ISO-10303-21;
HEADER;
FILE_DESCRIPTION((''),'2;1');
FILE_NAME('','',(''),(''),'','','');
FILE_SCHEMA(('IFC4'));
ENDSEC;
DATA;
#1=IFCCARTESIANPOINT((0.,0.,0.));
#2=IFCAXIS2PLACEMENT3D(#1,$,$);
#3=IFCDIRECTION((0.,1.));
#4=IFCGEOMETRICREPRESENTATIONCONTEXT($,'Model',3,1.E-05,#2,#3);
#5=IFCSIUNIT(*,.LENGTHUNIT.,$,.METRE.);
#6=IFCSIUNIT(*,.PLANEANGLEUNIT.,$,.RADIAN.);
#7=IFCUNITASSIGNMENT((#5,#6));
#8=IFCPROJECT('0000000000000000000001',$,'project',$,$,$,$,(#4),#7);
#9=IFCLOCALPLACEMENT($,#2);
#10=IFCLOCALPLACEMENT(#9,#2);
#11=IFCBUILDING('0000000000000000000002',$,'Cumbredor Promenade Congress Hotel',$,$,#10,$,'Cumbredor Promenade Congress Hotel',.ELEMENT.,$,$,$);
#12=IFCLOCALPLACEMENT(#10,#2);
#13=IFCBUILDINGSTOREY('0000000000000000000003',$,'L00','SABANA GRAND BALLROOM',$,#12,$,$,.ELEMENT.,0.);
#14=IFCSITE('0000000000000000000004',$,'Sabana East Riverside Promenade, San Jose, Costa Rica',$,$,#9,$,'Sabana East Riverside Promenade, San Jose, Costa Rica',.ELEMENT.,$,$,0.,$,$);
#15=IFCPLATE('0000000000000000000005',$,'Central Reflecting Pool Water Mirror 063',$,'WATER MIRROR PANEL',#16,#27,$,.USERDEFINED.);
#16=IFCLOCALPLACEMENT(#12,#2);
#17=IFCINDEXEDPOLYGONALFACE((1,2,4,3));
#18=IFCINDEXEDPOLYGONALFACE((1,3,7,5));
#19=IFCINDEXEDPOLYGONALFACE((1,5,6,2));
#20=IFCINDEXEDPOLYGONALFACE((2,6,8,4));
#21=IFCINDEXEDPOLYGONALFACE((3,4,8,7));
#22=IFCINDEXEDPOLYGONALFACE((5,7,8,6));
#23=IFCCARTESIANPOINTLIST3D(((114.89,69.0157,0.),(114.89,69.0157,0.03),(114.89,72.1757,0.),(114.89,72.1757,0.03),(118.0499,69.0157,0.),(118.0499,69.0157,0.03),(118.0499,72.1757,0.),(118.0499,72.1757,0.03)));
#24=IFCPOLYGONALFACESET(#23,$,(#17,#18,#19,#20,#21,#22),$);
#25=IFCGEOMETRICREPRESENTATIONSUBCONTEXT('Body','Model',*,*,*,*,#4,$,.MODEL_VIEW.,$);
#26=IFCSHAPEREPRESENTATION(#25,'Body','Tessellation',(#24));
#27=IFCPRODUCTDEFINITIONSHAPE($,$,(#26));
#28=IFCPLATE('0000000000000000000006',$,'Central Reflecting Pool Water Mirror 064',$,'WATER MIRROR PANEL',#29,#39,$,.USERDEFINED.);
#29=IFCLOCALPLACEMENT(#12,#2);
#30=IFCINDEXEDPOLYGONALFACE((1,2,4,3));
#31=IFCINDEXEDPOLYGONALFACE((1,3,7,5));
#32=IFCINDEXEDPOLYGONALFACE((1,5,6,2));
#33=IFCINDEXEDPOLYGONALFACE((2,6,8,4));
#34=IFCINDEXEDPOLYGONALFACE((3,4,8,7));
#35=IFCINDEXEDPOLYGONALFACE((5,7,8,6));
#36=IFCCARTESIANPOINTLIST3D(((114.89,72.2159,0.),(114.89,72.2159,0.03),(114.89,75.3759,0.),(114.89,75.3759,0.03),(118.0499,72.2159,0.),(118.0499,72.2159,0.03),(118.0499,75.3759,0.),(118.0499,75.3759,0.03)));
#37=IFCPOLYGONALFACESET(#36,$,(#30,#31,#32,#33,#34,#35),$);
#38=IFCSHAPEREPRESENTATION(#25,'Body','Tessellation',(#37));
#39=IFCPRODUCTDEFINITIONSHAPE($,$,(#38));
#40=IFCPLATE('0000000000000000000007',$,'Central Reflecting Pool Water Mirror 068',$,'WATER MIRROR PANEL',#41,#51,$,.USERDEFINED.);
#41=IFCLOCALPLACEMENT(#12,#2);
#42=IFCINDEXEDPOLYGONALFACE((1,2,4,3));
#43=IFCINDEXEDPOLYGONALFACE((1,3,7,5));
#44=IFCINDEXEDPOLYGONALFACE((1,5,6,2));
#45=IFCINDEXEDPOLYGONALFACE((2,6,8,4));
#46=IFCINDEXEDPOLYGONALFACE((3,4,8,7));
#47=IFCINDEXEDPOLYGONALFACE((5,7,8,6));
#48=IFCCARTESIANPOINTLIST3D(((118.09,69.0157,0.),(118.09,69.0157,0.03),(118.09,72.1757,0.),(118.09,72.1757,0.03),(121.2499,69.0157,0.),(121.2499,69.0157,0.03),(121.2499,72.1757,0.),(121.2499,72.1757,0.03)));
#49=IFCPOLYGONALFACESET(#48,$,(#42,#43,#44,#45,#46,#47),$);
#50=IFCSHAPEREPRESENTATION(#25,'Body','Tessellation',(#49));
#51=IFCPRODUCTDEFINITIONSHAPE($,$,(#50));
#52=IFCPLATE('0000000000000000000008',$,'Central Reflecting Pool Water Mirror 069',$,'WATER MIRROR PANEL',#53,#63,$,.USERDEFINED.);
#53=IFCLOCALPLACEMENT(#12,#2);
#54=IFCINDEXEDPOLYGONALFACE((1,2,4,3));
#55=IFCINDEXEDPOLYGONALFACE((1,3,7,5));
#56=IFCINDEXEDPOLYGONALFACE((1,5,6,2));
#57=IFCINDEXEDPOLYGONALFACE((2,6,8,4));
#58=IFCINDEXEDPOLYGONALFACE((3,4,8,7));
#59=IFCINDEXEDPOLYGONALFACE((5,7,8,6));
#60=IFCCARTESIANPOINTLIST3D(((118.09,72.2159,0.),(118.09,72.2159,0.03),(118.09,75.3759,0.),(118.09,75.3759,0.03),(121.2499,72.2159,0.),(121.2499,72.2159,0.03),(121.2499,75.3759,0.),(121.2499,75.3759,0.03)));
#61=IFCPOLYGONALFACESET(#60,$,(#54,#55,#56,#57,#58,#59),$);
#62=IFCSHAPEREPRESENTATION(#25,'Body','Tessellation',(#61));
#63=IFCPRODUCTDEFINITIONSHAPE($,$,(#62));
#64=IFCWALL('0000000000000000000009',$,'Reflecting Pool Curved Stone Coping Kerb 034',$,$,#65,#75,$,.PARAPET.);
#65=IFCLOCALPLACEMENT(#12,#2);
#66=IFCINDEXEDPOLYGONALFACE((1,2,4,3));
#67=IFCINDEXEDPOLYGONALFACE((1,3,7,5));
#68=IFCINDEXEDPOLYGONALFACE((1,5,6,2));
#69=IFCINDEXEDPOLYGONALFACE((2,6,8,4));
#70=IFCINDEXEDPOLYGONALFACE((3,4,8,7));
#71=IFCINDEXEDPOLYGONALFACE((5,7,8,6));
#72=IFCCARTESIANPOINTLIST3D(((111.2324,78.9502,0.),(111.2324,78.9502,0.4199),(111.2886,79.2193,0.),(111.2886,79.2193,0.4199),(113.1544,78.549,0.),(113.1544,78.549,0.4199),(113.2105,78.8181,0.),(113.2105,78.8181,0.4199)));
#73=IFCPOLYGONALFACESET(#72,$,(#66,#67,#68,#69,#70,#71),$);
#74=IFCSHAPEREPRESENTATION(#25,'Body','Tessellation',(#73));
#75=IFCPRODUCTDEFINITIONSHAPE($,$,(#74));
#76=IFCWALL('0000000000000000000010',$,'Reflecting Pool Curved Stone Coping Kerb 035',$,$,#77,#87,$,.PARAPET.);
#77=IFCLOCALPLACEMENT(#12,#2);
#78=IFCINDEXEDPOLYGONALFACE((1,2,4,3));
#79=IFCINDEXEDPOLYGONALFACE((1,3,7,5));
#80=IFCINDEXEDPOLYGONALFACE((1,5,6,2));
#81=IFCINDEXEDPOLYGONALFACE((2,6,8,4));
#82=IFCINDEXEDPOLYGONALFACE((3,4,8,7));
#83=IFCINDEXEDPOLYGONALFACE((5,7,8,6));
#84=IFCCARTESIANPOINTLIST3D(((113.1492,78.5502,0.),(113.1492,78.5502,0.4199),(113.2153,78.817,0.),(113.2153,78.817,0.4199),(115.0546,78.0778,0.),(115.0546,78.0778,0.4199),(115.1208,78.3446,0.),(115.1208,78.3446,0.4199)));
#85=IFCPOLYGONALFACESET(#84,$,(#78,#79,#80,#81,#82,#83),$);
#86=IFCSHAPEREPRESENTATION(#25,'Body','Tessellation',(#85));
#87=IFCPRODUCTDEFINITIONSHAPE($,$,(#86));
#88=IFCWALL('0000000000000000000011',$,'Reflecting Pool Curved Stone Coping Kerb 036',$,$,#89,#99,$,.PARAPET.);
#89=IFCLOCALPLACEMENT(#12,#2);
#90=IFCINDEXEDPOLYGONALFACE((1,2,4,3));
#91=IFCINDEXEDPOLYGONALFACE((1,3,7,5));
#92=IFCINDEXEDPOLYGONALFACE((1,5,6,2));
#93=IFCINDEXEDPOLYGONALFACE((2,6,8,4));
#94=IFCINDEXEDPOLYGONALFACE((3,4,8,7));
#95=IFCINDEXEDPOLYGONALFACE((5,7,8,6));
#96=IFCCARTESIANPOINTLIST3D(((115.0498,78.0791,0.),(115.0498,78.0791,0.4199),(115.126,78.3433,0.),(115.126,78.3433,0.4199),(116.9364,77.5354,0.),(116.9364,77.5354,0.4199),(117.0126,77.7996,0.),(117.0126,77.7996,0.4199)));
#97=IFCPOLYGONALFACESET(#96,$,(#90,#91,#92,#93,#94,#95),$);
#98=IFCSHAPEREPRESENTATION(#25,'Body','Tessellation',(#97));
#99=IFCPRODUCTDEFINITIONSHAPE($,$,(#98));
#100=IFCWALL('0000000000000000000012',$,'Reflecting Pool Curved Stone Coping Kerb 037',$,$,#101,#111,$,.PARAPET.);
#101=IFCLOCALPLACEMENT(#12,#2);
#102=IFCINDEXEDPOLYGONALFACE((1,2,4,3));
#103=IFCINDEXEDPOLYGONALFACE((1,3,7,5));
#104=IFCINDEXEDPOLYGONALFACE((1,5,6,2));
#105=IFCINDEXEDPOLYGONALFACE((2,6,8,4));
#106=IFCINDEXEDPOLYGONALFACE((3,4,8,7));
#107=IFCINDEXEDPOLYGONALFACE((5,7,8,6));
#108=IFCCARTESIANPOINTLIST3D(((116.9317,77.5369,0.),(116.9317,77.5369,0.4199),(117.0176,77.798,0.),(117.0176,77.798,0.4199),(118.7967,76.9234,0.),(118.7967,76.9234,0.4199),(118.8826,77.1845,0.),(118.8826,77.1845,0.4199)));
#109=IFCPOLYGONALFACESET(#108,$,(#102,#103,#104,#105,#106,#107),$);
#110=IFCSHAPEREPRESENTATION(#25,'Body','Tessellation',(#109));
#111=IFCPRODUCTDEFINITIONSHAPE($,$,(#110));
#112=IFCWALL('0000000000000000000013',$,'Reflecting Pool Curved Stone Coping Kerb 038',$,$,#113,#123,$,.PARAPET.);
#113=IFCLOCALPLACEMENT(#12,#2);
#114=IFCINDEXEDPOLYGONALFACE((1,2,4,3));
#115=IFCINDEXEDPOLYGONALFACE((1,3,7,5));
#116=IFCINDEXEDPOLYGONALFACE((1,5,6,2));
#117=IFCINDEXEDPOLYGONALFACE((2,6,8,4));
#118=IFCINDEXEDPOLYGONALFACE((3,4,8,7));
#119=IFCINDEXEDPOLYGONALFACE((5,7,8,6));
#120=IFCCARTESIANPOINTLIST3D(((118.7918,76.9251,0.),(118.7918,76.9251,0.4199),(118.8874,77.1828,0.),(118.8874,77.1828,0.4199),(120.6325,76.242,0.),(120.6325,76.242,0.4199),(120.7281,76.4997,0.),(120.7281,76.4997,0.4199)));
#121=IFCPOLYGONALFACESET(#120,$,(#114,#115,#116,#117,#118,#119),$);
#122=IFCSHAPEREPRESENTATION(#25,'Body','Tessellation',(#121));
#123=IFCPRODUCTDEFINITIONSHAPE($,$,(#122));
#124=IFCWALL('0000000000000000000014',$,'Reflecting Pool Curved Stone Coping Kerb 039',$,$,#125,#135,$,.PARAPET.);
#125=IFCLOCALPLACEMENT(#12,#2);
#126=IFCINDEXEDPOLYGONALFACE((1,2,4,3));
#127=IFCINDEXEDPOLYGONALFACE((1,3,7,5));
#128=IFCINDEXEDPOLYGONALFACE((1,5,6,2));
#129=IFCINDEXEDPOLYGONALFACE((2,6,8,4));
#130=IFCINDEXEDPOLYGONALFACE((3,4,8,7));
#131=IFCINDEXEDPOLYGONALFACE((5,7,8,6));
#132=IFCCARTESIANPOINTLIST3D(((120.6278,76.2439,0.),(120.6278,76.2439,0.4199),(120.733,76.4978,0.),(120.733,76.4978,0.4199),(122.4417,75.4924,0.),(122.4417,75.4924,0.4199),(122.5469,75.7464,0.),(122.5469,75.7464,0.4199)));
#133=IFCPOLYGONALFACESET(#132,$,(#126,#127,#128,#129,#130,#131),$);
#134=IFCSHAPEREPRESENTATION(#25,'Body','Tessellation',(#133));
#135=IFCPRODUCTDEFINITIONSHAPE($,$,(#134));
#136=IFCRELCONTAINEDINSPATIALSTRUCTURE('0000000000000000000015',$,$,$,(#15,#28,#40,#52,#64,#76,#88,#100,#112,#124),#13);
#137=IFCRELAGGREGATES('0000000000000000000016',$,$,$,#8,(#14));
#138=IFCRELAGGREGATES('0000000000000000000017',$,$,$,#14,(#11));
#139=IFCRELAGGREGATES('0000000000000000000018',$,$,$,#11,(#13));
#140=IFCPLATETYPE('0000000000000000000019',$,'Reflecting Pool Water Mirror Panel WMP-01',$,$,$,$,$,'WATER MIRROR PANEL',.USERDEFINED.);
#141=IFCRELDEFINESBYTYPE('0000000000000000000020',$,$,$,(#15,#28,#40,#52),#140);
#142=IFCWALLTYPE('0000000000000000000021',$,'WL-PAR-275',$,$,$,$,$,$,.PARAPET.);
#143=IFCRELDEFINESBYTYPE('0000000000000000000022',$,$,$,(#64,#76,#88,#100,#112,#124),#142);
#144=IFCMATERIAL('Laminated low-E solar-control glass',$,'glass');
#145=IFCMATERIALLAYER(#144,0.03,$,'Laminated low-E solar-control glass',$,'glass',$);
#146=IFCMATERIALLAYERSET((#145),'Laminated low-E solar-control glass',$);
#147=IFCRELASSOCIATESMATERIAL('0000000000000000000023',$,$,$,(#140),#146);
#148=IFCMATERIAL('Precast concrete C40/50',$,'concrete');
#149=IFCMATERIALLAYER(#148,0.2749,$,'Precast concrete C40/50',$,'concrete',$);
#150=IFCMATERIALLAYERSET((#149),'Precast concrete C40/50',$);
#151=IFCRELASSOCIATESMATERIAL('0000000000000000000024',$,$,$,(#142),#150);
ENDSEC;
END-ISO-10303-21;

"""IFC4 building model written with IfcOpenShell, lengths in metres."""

from ifc_helpers import new_model, si_unit, direction, frame, frame_2d, origin, origin_2d, place, context, subcontext, project, spatial, rectangle, extrude, material, layer, layer_set, type_object, element, save


model = new_model("IFC4")

# Units and contexts
model_context = context("Model", 3, precision=1e-05, world=origin(), true_north=direction((0.0, 1.0)))
body_context = subcontext(model_context, "Body", "Model", "MODEL_VIEW")
ifc_project = project(units=[si_unit("LENGTHUNIT", "METRE"), si_unit("PLANEANGLEUNIT", "RADIAN")], contexts=[model_context])

# Site, building, storey
site_placement = place(None, origin())
site = spatial("IfcSite", under=ifc_project, at=site_placement, Name="Sabana East Riverside Promenade, San Jose, Costa Rica", LongName="Sabana East Riverside Promenade, San Jose, Costa Rica", CompositionType="ELEMENT", RefElevation=0.0)
building_placement = place(site_placement, origin())
building = spatial("IfcBuilding", under=site, at=building_placement, Name="Cumbredor Promenade Congress Hotel", LongName="Cumbredor Promenade Congress Hotel", CompositionType="ELEMENT")
storey_placement = place(building_placement, origin())
storey = spatial("IfcBuildingStorey", under=building, at=storey_placement, Name="L00", Description="SABANA GRAND BALLROOM", CompositionType="ELEMENT", Elevation=0.0)

# Plates
ifc_material_1 = material(Name="Laminated low-E solar-control glass", Category="glass")
ifc_layer_1 = layer(ifc_material_1, 0.03, Name="Laminated low-E solar-control glass", Category="glass")
ifc_layer_set_1 = layer_set([ifc_layer_1], Name="Laminated low-E solar-control glass")
plate_type_1 = type_object("IfcPlateType", Name="Reflecting Pool Water Mirror Panel WMP-01", ElementType="WATER MIRROR PANEL", PredefinedType="USERDEFINED", material=ifc_layer_set_1)
for number, where, z_axis, x_axis, name in (
    (1, (116.47, 70.5957, 0.0), (0.0, 0.0, 1.0), (1.0, 0.0, 0.0), "Central Reflecting Pool Water Mirror 063"),
    (2, (116.47, 73.7959, 0.0), (0.0, 0.0, 1.0), (1.0, 0.0, 0.0), "Central Reflecting Pool Water Mirror 064"),
    (3, (119.6699, 70.5957, 0.0), (0.0, 0.0, 1.0), (1.0, 0.0, 0.0), "Central Reflecting Pool Water Mirror 068"),
    (4, (119.6699, 73.7959, 0.0), (0.0, 0.0, 1.0), (1.0, 0.0, 0.0), "Central Reflecting Pool Water Mirror 069"),
):
    element("IfcPlate", number, at=place(storey_placement, frame(where, z_axis=z_axis, x_axis=x_axis)), inside=storey, type_object=plate_type_1, Name=name, ObjectType="WATER MIRROR PANEL", PredefinedType="USERDEFINED", context=body_context, shape_type="SweptSolid", body=[
        extrude(rectangle(XDim=3.1599, YDim=3.1599, at=origin_2d()), origin(), (0.0, 0.0, 1.0), 0.03),
    ])

# Walls
ifc_material_2 = material(Name="Precast concrete C40/50", Category="concrete")
ifc_layer_2 = layer(ifc_material_2, 0.2749, Name="Precast concrete C40/50", Category="concrete")
ifc_layer_set_2 = layer_set([ifc_layer_2], Name="Precast concrete C40/50")
wall_type_1 = type_object("IfcWallType", Name="WL-PAR-275", PredefinedType="PARAPET", material=ifc_layer_set_2)
wall_1_placement = place(storey_placement, frame((111.2605, 79.0847, 0.0), z_axis=(0.0, 0.0, 1.0), x_axis=(0.978906, -0.204312, 0.0)))
element("IfcWall", 5, at=wall_1_placement, inside=storey, type_object=wall_type_1, Name="Reflecting Pool Curved Stone Coping Kerb 034", PredefinedType="PARAPET", context=body_context, shape_type="SweptSolid", body=[
    extrude(rectangle(XDim=1.9634, YDim=0.2749, at=frame_2d((0.9817, 0.0))), origin(), (0.0, 0.0, 1.0), 0.4199),
])
wall_2_placement = place(storey_placement, frame((113.1824, 78.6836, 0.0), z_axis=(0.0, 0.0, 1.0), x_axis=(0.970616, -0.240633, 0.0)))
element("IfcWall", 6, at=wall_2_placement, inside=storey, type_object=wall_type_1, Name="Reflecting Pool Curved Stone Coping Kerb 035", PredefinedType="PARAPET", context=body_context, shape_type="SweptSolid", body=[
    extrude(rectangle(XDim=1.9631, YDim=0.2749, at=frame_2d((0.9814, 0.0))), origin(), (0.0, 0.0, 1.0), 0.4199),
])
for number, where, z_axis, x_axis, name in (
    (7, (115.0879, 78.2112, 0.0), (0.0, 0.0, 1.0), (0.960897, -0.276905, 0.0), "Reflecting Pool Curved Stone Coping Kerb 036"),
    (8, (116.9746, 77.6675, 0.0), (0.0, 0.0, 1.0), (0.949919, -0.312495, 0.0), "Reflecting Pool Curved Stone Coping Kerb 037"),
    (9, (118.8396, 77.054, 0.0), (0.0, 0.0, 1.0), (0.93753, -0.347906, 0.0), "Reflecting Pool Curved Stone Coping Kerb 038"),
    (10, (120.6804, 76.3708, 0.0), (0.0, 0.0, 1.0), (0.923862, -0.382725, 0.0), "Reflecting Pool Curved Stone Coping Kerb 039"),
):
    element("IfcWall", number, at=place(storey_placement, frame(where, z_axis=z_axis, x_axis=x_axis)), inside=storey, type_object=wall_type_1, Name=name, PredefinedType="PARAPET", context=body_context, shape_type="SweptSolid", body=[
        extrude(rectangle(XDim=1.9634, YDim=0.2749, at=frame_2d((0.9817, 0.0))), origin(), (0.0, 0.0, 1.0), 0.4199),
    ])

save(model, "model.ifc")
